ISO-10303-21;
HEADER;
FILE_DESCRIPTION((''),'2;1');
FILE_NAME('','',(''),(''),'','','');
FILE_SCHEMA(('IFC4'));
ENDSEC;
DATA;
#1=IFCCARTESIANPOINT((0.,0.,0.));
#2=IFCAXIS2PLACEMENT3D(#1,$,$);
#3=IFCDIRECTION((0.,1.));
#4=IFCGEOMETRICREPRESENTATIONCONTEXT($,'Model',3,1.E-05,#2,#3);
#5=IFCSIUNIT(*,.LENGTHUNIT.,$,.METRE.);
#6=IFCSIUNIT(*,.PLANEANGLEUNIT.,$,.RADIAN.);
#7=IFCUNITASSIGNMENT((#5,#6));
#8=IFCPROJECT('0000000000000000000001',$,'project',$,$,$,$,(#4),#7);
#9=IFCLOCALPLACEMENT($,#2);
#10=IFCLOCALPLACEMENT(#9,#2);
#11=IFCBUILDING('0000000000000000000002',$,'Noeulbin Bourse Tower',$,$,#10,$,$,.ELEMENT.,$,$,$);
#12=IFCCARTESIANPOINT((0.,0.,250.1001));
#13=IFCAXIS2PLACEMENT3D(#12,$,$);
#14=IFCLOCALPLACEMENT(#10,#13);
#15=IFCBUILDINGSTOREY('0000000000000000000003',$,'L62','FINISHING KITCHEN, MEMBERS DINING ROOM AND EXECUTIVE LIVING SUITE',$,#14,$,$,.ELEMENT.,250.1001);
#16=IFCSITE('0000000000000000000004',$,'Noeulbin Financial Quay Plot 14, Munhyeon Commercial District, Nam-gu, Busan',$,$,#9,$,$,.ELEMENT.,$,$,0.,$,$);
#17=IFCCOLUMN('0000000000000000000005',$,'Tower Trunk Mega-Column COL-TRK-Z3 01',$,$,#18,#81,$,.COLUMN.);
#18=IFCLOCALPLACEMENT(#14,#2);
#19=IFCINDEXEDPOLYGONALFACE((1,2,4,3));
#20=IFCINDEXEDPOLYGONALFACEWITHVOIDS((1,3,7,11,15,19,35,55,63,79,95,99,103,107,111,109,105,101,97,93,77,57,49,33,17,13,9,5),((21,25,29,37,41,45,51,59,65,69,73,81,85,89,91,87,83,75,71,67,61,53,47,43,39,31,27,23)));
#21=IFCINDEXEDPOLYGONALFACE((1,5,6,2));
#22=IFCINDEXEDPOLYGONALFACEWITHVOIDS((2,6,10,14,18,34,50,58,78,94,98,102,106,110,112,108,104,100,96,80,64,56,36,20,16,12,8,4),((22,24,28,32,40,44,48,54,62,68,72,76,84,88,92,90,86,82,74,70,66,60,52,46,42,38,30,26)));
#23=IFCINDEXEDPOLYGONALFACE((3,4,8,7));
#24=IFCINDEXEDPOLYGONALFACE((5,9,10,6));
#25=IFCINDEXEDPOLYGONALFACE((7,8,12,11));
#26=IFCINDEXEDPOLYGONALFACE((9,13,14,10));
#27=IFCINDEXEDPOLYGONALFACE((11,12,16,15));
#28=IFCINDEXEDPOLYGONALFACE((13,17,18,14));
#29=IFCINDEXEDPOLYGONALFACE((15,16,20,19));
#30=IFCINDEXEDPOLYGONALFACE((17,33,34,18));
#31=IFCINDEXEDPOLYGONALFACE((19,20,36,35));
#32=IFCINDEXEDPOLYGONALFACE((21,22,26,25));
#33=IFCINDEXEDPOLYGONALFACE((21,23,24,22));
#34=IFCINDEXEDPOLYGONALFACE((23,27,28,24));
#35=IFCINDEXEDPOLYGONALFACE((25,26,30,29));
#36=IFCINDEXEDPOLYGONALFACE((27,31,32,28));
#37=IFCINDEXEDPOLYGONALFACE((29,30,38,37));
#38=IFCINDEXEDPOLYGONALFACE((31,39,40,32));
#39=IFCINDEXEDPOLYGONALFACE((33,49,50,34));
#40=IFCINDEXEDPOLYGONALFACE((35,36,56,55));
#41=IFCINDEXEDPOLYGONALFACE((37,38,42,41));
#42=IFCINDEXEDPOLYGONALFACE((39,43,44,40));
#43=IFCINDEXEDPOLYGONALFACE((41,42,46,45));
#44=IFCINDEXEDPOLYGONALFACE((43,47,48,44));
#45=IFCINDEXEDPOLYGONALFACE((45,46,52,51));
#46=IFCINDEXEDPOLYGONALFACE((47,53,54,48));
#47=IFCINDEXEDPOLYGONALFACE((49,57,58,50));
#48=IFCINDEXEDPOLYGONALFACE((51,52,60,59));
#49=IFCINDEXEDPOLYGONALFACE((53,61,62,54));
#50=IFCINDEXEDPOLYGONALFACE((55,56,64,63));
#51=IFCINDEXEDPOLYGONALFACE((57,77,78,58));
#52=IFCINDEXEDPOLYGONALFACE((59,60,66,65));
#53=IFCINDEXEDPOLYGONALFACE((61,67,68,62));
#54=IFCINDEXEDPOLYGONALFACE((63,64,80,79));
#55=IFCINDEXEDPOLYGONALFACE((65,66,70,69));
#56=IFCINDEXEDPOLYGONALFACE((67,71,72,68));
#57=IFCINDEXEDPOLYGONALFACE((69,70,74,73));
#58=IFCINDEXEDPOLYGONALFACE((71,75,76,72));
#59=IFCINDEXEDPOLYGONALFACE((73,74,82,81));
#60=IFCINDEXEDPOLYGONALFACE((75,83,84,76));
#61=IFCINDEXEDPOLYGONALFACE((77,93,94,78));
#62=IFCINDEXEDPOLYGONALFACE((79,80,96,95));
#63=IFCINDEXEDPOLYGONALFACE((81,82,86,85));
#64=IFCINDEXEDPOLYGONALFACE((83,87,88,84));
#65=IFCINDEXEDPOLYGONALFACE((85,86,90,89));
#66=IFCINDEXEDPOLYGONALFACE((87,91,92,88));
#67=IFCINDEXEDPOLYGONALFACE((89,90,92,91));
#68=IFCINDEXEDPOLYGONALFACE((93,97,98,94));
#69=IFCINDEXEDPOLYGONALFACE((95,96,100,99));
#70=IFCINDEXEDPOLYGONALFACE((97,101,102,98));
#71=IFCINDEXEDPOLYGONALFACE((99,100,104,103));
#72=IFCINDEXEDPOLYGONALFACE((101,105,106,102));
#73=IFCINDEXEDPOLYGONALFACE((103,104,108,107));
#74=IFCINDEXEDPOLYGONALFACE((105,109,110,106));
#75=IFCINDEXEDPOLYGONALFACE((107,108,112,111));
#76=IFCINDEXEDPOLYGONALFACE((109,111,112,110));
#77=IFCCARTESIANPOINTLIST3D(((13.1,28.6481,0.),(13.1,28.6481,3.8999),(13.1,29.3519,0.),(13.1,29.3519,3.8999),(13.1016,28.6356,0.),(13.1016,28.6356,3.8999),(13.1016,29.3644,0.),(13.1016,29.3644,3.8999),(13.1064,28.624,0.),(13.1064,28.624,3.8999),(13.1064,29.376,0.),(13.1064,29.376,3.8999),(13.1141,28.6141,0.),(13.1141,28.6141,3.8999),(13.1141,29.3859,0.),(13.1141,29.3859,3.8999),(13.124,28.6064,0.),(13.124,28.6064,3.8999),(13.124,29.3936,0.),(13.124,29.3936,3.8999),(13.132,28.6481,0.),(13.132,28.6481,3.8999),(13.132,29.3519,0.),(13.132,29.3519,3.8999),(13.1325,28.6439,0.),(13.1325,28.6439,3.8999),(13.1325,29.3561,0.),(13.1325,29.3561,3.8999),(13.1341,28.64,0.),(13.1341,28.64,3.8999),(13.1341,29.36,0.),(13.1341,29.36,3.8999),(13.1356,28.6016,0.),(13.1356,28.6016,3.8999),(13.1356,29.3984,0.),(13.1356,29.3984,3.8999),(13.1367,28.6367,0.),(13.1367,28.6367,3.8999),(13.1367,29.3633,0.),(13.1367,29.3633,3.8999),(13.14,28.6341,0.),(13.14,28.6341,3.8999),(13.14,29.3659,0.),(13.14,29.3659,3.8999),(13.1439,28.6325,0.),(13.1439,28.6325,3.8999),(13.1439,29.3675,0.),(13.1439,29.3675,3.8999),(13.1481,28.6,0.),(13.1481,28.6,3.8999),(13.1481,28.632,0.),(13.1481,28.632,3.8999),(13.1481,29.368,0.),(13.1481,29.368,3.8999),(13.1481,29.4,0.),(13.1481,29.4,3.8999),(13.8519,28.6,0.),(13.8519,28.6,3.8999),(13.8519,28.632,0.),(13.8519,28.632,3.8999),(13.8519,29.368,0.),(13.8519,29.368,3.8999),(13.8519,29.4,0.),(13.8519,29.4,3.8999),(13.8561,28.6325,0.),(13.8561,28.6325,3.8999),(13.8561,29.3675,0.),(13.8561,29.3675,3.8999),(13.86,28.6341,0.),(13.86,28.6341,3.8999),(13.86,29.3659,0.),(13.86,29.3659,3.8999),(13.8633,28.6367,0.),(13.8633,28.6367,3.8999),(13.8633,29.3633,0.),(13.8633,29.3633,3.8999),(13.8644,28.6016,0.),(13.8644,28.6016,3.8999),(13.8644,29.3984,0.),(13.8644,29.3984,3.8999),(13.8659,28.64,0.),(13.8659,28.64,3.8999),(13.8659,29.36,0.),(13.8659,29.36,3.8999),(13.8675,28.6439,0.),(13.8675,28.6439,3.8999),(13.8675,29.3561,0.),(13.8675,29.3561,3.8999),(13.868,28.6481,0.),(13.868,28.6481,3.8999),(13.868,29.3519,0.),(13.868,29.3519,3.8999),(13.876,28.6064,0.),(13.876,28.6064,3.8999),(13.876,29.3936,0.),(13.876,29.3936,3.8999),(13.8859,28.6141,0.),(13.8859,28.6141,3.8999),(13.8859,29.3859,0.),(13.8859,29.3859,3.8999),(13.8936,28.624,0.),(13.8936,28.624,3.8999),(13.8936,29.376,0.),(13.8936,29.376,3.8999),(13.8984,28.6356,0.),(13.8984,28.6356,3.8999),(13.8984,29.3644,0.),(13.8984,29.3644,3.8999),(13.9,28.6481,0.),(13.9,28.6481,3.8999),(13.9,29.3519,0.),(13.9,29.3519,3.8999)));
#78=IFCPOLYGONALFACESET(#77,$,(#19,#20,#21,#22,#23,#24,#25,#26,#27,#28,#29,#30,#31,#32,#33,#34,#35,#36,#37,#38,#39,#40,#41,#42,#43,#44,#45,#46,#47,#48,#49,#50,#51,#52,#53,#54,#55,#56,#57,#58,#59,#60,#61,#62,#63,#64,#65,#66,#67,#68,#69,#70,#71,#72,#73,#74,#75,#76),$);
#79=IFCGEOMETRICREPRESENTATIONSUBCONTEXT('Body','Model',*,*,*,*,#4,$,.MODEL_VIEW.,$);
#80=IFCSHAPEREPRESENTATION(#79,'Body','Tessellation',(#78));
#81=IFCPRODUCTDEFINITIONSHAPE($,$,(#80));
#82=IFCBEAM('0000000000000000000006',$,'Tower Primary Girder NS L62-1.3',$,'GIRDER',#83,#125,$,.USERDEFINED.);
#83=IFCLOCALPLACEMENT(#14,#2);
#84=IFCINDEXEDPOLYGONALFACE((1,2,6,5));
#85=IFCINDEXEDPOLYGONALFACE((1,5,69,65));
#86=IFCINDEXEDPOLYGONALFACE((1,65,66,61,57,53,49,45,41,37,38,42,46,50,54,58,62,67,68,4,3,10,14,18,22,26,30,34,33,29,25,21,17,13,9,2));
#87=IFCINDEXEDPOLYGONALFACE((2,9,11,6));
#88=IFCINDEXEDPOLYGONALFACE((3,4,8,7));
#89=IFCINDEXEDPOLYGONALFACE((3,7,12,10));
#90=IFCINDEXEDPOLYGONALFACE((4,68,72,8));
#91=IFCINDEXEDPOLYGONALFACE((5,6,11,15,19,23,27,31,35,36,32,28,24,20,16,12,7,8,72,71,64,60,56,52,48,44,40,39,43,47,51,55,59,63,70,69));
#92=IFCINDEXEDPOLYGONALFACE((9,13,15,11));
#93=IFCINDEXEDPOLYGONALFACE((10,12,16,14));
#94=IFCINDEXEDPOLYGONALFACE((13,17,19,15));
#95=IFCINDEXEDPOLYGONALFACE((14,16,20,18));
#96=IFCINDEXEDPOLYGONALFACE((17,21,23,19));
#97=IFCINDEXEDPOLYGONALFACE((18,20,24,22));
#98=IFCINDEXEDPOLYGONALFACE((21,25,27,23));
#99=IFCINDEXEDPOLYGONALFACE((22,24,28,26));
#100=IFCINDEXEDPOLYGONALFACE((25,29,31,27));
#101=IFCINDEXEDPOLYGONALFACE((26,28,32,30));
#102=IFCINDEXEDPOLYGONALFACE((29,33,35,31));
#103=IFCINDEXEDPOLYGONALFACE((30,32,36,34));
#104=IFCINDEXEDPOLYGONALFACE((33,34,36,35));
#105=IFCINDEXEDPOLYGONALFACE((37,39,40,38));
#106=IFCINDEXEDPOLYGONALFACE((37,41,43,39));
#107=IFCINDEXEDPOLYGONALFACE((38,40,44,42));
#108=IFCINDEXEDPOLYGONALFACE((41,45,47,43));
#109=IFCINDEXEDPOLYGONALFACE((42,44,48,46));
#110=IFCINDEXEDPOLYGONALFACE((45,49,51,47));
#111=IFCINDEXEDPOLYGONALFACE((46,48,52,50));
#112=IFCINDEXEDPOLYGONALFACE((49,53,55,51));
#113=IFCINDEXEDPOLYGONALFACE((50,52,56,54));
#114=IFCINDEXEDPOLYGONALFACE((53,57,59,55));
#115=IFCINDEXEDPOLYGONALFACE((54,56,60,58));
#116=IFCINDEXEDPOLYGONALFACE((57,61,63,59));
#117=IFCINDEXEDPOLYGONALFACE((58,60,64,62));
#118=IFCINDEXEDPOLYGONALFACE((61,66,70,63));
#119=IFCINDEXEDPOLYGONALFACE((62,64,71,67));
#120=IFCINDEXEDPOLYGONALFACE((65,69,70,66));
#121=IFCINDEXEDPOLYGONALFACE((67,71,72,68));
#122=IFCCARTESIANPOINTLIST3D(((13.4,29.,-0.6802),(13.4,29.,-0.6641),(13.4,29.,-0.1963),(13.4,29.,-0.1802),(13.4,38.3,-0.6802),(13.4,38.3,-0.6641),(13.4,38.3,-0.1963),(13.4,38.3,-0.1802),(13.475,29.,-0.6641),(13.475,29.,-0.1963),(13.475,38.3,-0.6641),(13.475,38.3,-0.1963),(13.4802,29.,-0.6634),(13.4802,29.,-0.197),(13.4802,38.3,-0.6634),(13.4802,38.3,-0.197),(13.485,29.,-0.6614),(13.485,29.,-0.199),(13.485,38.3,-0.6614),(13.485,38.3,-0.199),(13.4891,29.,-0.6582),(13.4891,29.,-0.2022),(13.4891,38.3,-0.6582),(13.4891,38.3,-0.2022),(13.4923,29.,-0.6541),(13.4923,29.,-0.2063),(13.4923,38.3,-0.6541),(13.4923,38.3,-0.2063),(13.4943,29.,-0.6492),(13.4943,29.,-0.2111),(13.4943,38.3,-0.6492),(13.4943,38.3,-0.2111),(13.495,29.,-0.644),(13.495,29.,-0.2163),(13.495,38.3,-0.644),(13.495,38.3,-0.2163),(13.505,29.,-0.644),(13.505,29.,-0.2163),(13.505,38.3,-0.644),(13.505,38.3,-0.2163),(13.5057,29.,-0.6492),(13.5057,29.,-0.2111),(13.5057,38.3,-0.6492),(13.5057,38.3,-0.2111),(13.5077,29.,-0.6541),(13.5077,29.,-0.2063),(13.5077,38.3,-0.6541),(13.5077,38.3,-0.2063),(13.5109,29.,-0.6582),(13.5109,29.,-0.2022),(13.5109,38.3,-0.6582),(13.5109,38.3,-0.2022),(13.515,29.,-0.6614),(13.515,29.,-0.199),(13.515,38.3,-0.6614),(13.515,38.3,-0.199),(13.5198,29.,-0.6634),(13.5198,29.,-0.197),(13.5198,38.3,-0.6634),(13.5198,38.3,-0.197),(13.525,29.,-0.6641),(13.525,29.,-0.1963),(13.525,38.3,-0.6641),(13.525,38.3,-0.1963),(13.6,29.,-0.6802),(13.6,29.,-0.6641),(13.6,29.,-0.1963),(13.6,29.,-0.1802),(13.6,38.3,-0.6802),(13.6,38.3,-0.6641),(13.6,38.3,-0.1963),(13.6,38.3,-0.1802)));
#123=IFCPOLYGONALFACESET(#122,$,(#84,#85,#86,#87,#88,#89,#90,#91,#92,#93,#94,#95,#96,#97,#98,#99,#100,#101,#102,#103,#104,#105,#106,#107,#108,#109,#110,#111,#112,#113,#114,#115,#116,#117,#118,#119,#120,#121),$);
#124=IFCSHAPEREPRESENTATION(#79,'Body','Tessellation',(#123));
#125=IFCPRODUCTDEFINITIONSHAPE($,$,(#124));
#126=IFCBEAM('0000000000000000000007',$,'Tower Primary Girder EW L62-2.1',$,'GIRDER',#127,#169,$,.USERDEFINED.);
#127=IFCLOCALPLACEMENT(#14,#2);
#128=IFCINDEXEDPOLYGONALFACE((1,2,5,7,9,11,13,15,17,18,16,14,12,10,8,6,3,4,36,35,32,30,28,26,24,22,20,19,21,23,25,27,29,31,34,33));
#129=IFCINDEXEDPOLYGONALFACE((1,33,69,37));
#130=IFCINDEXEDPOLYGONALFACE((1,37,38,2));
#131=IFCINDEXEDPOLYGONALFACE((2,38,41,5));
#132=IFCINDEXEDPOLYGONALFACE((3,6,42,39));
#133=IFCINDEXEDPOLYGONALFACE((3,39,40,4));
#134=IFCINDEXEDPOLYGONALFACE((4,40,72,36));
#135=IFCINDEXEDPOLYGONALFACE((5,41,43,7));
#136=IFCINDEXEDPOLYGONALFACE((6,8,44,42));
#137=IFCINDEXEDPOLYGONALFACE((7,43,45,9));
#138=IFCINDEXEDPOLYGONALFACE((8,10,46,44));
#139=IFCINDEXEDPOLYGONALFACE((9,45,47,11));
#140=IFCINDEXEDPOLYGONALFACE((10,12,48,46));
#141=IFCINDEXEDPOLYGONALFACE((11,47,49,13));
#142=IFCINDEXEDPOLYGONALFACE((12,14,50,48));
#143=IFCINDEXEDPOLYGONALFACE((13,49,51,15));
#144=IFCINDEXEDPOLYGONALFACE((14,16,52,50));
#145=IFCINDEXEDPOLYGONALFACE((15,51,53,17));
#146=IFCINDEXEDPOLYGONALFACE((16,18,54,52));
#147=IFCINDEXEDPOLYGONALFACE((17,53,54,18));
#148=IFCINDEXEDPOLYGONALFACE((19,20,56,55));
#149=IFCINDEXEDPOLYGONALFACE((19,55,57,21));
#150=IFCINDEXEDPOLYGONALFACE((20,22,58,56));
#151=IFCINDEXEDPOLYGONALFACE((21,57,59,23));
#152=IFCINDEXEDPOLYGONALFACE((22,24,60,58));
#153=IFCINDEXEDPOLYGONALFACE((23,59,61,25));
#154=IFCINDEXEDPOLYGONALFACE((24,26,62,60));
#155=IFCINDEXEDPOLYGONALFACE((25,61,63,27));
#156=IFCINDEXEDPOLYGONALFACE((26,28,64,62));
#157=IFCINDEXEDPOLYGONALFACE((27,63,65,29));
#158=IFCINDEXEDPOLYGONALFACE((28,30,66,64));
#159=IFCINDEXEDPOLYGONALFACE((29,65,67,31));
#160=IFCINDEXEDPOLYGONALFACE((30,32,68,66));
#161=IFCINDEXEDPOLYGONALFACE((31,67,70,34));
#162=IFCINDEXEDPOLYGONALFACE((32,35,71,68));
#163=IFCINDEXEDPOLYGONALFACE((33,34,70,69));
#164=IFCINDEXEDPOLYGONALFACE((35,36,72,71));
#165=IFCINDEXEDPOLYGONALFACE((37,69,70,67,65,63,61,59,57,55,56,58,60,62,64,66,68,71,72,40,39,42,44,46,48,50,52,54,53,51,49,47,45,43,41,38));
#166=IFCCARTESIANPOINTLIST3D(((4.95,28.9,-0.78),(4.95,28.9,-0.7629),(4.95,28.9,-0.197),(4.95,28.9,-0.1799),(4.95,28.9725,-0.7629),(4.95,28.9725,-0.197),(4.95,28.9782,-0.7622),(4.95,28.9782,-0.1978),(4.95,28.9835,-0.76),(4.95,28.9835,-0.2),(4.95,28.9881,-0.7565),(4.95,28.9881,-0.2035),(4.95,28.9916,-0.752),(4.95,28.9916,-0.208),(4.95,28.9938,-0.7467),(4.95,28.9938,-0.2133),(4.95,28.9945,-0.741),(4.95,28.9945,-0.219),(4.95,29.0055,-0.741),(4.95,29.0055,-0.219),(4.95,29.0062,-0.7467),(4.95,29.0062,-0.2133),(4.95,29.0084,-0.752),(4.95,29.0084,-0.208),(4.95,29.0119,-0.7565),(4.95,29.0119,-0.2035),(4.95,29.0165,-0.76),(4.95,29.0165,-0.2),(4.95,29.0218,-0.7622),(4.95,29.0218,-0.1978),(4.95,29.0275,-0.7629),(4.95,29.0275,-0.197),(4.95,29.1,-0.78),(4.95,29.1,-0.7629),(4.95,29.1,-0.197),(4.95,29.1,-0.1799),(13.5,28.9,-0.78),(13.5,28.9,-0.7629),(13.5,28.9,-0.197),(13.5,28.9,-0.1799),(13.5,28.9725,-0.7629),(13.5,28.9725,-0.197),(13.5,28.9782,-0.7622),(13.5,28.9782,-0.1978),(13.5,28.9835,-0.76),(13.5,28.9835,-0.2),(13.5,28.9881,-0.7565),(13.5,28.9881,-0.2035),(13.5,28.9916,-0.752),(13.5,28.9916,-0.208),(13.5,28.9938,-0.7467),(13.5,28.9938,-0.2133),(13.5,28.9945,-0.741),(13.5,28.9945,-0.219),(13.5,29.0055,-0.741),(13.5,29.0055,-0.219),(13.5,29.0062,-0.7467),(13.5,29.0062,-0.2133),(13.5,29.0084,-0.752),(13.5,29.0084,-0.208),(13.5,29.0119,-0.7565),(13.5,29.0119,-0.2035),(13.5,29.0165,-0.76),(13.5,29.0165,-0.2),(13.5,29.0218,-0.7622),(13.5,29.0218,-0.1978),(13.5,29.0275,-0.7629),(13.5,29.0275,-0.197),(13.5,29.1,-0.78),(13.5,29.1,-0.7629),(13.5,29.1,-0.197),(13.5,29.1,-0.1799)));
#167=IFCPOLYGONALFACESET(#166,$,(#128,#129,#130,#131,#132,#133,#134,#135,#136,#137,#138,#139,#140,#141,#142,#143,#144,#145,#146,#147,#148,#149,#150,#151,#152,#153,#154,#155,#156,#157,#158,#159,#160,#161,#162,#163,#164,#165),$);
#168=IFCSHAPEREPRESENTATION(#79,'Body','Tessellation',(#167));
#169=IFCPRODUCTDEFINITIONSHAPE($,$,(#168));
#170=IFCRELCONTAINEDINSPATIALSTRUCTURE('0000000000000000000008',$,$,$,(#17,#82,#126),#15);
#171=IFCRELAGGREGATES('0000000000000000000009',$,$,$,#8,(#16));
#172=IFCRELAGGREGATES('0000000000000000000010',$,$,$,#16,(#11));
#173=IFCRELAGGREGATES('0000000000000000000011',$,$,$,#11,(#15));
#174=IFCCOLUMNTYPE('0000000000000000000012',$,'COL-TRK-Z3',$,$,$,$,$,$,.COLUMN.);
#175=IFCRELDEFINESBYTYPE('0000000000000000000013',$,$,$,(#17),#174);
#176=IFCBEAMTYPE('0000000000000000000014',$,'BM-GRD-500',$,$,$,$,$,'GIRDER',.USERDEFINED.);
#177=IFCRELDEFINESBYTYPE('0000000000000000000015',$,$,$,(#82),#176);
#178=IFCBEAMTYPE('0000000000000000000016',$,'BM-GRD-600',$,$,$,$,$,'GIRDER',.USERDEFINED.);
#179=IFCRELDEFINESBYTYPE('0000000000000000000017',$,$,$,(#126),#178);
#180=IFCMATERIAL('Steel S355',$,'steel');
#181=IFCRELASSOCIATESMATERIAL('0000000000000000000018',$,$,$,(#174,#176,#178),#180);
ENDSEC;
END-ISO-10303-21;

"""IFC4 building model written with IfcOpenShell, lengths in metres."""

from ifc_helpers import new_model, si_unit, direction, frame, origin, origin_2d, place, context, subcontext, project, spatial, hollow_rectangle, i_section, extrude, material, material_profile, profile_set, type_object, element, save


model = new_model("IFC4")

# Units and contexts
model_context = context("Model", 3, precision=1e-05, world=origin(), true_north=direction((0.0, 1.0)))
body_context = subcontext(model_context, "Body", "Model", "MODEL_VIEW")
ifc_project = project(units=[si_unit("LENGTHUNIT", "METRE"), si_unit("PLANEANGLEUNIT", "RADIAN")], contexts=[model_context])

# Site, building, storey
site_placement = place(None, origin())
site = spatial("IfcSite", under=ifc_project, at=site_placement, Name="Noeulbin Financial Quay Plot 14, Munhyeon Commercial District, Nam-gu, Busan", CompositionType="ELEMENT", RefElevation=0.0)
building_placement = place(site_placement, origin())
building = spatial("IfcBuilding", under=site, at=building_placement, Name="Noeulbin Bourse Tower", CompositionType="ELEMENT")
storey_placement = place(building_placement, frame((0.0, 0.0, 250.1001)))
storey = spatial("IfcBuildingStorey", under=building, at=storey_placement, Name="L62", Description="FINISHING KITCHEN, MEMBERS DINING ROOM AND EXECUTIVE LIVING SUITE", CompositionType="ELEMENT", Elevation=250.1001)

# Column
ifc_material_1 = material(Name="Steel S355", Category="steel")
ifc_material_profile_1 = material_profile(ifc_material_1, hollow_rectangle(XDim=0.8, YDim=0.8, WallThickness=0.032, InnerFilletRadius=0.0161, OuterFilletRadius=0.0481, at=origin_2d()), Name="BOX-800x800x32", Category="LoadBearing")
ifc_profile_set_1 = profile_set([ifc_material_profile_1], Name="Steel S355")
column_type = type_object("IfcColumnType", Name="COL-TRK-Z3", PredefinedType="COLUMN", material=ifc_profile_set_1)
column_placement = place(storey_placement, frame((13.5, 29.0, 0.0), z_axis=(0.0, 0.0, 1.0), x_axis=(1.0, 0.0, 0.0)))
element("IfcColumn", 1, at=column_placement, inside=storey, type_object=column_type, Name="Tower Trunk Mega-Column COL-TRK-Z3 01", PredefinedType="COLUMN", context=body_context, shape_type="SweptSolid", body=[
    extrude(hollow_rectangle(XDim=0.8, YDim=0.8, WallThickness=0.032, InnerFilletRadius=0.0161, OuterFilletRadius=0.0481, at=origin_2d()), origin(), (0.0, 0.0, 1.0), 3.8999),
])

# Beams
ifc_material_profile_2 = material_profile(ifc_material_1, i_section(OverallWidth=0.2, OverallDepth=0.5, WebThickness=0.01, FlangeThickness=0.0161, FilletRadius=0.02, at=origin_2d()), Name="H-500x200x10x16", Category="LoadBearing")
ifc_profile_set_2 = profile_set([ifc_material_profile_2], Name="Steel S355")
beam_type_1 = type_object("IfcBeamType", Name="BM-GRD-500", ElementType="GIRDER", PredefinedType="USERDEFINED", material=ifc_profile_set_2)
beam_1_placement = place(storey_placement, frame((13.5, 29.0, -0.4302), z_axis=(0.0, 1.0, 0.0), x_axis=(-1.0, 0.0, 0.0)))
element("IfcBeam", 2, at=beam_1_placement, inside=storey, type_object=beam_type_1, Name="Tower Primary Girder NS L62-1.3", ObjectType="GIRDER", PredefinedType="USERDEFINED", context=body_context, shape_type="SweptSolid", body=[
    extrude(i_section(OverallWidth=0.2, OverallDepth=0.5, WebThickness=0.01, FlangeThickness=0.0161, FilletRadius=0.02, at=origin_2d()), origin(), (0.0, 0.0, 1.0), 9.3),
])
ifc_material_profile_3 = material_profile(ifc_material_1, i_section(OverallWidth=0.2, OverallDepth=0.6001, WebThickness=0.011, FlangeThickness=0.0171, FilletRadius=0.022, at=origin_2d()), Name="H-600x200x11x17", Category="LoadBearing")
ifc_profile_set_3 = profile_set([ifc_material_profile_3], Name="Steel S355")
beam_type_2 = type_object("IfcBeamType", Name="BM-GRD-600", ElementType="GIRDER", PredefinedType="USERDEFINED", material=ifc_profile_set_3)
beam_2_placement = place(storey_placement, frame((4.95, 29.0, -0.48), z_axis=(1.0, 0.0, 0.0), x_axis=(0.0, 1.0, 0.0)))
element("IfcBeam", 3, at=beam_2_placement, inside=storey, type_object=beam_type_2, Name="Tower Primary Girder EW L62-2.1", ObjectType="GIRDER", PredefinedType="USERDEFINED", context=body_context, shape_type="SweptSolid", body=[
    extrude(i_section(OverallWidth=0.2, OverallDepth=0.6001, WebThickness=0.011, FlangeThickness=0.0171, FilletRadius=0.022, at=origin_2d()), origin(), (0.0, 0.0, 1.0), 8.55),
])

save(model, "model.ifc")
